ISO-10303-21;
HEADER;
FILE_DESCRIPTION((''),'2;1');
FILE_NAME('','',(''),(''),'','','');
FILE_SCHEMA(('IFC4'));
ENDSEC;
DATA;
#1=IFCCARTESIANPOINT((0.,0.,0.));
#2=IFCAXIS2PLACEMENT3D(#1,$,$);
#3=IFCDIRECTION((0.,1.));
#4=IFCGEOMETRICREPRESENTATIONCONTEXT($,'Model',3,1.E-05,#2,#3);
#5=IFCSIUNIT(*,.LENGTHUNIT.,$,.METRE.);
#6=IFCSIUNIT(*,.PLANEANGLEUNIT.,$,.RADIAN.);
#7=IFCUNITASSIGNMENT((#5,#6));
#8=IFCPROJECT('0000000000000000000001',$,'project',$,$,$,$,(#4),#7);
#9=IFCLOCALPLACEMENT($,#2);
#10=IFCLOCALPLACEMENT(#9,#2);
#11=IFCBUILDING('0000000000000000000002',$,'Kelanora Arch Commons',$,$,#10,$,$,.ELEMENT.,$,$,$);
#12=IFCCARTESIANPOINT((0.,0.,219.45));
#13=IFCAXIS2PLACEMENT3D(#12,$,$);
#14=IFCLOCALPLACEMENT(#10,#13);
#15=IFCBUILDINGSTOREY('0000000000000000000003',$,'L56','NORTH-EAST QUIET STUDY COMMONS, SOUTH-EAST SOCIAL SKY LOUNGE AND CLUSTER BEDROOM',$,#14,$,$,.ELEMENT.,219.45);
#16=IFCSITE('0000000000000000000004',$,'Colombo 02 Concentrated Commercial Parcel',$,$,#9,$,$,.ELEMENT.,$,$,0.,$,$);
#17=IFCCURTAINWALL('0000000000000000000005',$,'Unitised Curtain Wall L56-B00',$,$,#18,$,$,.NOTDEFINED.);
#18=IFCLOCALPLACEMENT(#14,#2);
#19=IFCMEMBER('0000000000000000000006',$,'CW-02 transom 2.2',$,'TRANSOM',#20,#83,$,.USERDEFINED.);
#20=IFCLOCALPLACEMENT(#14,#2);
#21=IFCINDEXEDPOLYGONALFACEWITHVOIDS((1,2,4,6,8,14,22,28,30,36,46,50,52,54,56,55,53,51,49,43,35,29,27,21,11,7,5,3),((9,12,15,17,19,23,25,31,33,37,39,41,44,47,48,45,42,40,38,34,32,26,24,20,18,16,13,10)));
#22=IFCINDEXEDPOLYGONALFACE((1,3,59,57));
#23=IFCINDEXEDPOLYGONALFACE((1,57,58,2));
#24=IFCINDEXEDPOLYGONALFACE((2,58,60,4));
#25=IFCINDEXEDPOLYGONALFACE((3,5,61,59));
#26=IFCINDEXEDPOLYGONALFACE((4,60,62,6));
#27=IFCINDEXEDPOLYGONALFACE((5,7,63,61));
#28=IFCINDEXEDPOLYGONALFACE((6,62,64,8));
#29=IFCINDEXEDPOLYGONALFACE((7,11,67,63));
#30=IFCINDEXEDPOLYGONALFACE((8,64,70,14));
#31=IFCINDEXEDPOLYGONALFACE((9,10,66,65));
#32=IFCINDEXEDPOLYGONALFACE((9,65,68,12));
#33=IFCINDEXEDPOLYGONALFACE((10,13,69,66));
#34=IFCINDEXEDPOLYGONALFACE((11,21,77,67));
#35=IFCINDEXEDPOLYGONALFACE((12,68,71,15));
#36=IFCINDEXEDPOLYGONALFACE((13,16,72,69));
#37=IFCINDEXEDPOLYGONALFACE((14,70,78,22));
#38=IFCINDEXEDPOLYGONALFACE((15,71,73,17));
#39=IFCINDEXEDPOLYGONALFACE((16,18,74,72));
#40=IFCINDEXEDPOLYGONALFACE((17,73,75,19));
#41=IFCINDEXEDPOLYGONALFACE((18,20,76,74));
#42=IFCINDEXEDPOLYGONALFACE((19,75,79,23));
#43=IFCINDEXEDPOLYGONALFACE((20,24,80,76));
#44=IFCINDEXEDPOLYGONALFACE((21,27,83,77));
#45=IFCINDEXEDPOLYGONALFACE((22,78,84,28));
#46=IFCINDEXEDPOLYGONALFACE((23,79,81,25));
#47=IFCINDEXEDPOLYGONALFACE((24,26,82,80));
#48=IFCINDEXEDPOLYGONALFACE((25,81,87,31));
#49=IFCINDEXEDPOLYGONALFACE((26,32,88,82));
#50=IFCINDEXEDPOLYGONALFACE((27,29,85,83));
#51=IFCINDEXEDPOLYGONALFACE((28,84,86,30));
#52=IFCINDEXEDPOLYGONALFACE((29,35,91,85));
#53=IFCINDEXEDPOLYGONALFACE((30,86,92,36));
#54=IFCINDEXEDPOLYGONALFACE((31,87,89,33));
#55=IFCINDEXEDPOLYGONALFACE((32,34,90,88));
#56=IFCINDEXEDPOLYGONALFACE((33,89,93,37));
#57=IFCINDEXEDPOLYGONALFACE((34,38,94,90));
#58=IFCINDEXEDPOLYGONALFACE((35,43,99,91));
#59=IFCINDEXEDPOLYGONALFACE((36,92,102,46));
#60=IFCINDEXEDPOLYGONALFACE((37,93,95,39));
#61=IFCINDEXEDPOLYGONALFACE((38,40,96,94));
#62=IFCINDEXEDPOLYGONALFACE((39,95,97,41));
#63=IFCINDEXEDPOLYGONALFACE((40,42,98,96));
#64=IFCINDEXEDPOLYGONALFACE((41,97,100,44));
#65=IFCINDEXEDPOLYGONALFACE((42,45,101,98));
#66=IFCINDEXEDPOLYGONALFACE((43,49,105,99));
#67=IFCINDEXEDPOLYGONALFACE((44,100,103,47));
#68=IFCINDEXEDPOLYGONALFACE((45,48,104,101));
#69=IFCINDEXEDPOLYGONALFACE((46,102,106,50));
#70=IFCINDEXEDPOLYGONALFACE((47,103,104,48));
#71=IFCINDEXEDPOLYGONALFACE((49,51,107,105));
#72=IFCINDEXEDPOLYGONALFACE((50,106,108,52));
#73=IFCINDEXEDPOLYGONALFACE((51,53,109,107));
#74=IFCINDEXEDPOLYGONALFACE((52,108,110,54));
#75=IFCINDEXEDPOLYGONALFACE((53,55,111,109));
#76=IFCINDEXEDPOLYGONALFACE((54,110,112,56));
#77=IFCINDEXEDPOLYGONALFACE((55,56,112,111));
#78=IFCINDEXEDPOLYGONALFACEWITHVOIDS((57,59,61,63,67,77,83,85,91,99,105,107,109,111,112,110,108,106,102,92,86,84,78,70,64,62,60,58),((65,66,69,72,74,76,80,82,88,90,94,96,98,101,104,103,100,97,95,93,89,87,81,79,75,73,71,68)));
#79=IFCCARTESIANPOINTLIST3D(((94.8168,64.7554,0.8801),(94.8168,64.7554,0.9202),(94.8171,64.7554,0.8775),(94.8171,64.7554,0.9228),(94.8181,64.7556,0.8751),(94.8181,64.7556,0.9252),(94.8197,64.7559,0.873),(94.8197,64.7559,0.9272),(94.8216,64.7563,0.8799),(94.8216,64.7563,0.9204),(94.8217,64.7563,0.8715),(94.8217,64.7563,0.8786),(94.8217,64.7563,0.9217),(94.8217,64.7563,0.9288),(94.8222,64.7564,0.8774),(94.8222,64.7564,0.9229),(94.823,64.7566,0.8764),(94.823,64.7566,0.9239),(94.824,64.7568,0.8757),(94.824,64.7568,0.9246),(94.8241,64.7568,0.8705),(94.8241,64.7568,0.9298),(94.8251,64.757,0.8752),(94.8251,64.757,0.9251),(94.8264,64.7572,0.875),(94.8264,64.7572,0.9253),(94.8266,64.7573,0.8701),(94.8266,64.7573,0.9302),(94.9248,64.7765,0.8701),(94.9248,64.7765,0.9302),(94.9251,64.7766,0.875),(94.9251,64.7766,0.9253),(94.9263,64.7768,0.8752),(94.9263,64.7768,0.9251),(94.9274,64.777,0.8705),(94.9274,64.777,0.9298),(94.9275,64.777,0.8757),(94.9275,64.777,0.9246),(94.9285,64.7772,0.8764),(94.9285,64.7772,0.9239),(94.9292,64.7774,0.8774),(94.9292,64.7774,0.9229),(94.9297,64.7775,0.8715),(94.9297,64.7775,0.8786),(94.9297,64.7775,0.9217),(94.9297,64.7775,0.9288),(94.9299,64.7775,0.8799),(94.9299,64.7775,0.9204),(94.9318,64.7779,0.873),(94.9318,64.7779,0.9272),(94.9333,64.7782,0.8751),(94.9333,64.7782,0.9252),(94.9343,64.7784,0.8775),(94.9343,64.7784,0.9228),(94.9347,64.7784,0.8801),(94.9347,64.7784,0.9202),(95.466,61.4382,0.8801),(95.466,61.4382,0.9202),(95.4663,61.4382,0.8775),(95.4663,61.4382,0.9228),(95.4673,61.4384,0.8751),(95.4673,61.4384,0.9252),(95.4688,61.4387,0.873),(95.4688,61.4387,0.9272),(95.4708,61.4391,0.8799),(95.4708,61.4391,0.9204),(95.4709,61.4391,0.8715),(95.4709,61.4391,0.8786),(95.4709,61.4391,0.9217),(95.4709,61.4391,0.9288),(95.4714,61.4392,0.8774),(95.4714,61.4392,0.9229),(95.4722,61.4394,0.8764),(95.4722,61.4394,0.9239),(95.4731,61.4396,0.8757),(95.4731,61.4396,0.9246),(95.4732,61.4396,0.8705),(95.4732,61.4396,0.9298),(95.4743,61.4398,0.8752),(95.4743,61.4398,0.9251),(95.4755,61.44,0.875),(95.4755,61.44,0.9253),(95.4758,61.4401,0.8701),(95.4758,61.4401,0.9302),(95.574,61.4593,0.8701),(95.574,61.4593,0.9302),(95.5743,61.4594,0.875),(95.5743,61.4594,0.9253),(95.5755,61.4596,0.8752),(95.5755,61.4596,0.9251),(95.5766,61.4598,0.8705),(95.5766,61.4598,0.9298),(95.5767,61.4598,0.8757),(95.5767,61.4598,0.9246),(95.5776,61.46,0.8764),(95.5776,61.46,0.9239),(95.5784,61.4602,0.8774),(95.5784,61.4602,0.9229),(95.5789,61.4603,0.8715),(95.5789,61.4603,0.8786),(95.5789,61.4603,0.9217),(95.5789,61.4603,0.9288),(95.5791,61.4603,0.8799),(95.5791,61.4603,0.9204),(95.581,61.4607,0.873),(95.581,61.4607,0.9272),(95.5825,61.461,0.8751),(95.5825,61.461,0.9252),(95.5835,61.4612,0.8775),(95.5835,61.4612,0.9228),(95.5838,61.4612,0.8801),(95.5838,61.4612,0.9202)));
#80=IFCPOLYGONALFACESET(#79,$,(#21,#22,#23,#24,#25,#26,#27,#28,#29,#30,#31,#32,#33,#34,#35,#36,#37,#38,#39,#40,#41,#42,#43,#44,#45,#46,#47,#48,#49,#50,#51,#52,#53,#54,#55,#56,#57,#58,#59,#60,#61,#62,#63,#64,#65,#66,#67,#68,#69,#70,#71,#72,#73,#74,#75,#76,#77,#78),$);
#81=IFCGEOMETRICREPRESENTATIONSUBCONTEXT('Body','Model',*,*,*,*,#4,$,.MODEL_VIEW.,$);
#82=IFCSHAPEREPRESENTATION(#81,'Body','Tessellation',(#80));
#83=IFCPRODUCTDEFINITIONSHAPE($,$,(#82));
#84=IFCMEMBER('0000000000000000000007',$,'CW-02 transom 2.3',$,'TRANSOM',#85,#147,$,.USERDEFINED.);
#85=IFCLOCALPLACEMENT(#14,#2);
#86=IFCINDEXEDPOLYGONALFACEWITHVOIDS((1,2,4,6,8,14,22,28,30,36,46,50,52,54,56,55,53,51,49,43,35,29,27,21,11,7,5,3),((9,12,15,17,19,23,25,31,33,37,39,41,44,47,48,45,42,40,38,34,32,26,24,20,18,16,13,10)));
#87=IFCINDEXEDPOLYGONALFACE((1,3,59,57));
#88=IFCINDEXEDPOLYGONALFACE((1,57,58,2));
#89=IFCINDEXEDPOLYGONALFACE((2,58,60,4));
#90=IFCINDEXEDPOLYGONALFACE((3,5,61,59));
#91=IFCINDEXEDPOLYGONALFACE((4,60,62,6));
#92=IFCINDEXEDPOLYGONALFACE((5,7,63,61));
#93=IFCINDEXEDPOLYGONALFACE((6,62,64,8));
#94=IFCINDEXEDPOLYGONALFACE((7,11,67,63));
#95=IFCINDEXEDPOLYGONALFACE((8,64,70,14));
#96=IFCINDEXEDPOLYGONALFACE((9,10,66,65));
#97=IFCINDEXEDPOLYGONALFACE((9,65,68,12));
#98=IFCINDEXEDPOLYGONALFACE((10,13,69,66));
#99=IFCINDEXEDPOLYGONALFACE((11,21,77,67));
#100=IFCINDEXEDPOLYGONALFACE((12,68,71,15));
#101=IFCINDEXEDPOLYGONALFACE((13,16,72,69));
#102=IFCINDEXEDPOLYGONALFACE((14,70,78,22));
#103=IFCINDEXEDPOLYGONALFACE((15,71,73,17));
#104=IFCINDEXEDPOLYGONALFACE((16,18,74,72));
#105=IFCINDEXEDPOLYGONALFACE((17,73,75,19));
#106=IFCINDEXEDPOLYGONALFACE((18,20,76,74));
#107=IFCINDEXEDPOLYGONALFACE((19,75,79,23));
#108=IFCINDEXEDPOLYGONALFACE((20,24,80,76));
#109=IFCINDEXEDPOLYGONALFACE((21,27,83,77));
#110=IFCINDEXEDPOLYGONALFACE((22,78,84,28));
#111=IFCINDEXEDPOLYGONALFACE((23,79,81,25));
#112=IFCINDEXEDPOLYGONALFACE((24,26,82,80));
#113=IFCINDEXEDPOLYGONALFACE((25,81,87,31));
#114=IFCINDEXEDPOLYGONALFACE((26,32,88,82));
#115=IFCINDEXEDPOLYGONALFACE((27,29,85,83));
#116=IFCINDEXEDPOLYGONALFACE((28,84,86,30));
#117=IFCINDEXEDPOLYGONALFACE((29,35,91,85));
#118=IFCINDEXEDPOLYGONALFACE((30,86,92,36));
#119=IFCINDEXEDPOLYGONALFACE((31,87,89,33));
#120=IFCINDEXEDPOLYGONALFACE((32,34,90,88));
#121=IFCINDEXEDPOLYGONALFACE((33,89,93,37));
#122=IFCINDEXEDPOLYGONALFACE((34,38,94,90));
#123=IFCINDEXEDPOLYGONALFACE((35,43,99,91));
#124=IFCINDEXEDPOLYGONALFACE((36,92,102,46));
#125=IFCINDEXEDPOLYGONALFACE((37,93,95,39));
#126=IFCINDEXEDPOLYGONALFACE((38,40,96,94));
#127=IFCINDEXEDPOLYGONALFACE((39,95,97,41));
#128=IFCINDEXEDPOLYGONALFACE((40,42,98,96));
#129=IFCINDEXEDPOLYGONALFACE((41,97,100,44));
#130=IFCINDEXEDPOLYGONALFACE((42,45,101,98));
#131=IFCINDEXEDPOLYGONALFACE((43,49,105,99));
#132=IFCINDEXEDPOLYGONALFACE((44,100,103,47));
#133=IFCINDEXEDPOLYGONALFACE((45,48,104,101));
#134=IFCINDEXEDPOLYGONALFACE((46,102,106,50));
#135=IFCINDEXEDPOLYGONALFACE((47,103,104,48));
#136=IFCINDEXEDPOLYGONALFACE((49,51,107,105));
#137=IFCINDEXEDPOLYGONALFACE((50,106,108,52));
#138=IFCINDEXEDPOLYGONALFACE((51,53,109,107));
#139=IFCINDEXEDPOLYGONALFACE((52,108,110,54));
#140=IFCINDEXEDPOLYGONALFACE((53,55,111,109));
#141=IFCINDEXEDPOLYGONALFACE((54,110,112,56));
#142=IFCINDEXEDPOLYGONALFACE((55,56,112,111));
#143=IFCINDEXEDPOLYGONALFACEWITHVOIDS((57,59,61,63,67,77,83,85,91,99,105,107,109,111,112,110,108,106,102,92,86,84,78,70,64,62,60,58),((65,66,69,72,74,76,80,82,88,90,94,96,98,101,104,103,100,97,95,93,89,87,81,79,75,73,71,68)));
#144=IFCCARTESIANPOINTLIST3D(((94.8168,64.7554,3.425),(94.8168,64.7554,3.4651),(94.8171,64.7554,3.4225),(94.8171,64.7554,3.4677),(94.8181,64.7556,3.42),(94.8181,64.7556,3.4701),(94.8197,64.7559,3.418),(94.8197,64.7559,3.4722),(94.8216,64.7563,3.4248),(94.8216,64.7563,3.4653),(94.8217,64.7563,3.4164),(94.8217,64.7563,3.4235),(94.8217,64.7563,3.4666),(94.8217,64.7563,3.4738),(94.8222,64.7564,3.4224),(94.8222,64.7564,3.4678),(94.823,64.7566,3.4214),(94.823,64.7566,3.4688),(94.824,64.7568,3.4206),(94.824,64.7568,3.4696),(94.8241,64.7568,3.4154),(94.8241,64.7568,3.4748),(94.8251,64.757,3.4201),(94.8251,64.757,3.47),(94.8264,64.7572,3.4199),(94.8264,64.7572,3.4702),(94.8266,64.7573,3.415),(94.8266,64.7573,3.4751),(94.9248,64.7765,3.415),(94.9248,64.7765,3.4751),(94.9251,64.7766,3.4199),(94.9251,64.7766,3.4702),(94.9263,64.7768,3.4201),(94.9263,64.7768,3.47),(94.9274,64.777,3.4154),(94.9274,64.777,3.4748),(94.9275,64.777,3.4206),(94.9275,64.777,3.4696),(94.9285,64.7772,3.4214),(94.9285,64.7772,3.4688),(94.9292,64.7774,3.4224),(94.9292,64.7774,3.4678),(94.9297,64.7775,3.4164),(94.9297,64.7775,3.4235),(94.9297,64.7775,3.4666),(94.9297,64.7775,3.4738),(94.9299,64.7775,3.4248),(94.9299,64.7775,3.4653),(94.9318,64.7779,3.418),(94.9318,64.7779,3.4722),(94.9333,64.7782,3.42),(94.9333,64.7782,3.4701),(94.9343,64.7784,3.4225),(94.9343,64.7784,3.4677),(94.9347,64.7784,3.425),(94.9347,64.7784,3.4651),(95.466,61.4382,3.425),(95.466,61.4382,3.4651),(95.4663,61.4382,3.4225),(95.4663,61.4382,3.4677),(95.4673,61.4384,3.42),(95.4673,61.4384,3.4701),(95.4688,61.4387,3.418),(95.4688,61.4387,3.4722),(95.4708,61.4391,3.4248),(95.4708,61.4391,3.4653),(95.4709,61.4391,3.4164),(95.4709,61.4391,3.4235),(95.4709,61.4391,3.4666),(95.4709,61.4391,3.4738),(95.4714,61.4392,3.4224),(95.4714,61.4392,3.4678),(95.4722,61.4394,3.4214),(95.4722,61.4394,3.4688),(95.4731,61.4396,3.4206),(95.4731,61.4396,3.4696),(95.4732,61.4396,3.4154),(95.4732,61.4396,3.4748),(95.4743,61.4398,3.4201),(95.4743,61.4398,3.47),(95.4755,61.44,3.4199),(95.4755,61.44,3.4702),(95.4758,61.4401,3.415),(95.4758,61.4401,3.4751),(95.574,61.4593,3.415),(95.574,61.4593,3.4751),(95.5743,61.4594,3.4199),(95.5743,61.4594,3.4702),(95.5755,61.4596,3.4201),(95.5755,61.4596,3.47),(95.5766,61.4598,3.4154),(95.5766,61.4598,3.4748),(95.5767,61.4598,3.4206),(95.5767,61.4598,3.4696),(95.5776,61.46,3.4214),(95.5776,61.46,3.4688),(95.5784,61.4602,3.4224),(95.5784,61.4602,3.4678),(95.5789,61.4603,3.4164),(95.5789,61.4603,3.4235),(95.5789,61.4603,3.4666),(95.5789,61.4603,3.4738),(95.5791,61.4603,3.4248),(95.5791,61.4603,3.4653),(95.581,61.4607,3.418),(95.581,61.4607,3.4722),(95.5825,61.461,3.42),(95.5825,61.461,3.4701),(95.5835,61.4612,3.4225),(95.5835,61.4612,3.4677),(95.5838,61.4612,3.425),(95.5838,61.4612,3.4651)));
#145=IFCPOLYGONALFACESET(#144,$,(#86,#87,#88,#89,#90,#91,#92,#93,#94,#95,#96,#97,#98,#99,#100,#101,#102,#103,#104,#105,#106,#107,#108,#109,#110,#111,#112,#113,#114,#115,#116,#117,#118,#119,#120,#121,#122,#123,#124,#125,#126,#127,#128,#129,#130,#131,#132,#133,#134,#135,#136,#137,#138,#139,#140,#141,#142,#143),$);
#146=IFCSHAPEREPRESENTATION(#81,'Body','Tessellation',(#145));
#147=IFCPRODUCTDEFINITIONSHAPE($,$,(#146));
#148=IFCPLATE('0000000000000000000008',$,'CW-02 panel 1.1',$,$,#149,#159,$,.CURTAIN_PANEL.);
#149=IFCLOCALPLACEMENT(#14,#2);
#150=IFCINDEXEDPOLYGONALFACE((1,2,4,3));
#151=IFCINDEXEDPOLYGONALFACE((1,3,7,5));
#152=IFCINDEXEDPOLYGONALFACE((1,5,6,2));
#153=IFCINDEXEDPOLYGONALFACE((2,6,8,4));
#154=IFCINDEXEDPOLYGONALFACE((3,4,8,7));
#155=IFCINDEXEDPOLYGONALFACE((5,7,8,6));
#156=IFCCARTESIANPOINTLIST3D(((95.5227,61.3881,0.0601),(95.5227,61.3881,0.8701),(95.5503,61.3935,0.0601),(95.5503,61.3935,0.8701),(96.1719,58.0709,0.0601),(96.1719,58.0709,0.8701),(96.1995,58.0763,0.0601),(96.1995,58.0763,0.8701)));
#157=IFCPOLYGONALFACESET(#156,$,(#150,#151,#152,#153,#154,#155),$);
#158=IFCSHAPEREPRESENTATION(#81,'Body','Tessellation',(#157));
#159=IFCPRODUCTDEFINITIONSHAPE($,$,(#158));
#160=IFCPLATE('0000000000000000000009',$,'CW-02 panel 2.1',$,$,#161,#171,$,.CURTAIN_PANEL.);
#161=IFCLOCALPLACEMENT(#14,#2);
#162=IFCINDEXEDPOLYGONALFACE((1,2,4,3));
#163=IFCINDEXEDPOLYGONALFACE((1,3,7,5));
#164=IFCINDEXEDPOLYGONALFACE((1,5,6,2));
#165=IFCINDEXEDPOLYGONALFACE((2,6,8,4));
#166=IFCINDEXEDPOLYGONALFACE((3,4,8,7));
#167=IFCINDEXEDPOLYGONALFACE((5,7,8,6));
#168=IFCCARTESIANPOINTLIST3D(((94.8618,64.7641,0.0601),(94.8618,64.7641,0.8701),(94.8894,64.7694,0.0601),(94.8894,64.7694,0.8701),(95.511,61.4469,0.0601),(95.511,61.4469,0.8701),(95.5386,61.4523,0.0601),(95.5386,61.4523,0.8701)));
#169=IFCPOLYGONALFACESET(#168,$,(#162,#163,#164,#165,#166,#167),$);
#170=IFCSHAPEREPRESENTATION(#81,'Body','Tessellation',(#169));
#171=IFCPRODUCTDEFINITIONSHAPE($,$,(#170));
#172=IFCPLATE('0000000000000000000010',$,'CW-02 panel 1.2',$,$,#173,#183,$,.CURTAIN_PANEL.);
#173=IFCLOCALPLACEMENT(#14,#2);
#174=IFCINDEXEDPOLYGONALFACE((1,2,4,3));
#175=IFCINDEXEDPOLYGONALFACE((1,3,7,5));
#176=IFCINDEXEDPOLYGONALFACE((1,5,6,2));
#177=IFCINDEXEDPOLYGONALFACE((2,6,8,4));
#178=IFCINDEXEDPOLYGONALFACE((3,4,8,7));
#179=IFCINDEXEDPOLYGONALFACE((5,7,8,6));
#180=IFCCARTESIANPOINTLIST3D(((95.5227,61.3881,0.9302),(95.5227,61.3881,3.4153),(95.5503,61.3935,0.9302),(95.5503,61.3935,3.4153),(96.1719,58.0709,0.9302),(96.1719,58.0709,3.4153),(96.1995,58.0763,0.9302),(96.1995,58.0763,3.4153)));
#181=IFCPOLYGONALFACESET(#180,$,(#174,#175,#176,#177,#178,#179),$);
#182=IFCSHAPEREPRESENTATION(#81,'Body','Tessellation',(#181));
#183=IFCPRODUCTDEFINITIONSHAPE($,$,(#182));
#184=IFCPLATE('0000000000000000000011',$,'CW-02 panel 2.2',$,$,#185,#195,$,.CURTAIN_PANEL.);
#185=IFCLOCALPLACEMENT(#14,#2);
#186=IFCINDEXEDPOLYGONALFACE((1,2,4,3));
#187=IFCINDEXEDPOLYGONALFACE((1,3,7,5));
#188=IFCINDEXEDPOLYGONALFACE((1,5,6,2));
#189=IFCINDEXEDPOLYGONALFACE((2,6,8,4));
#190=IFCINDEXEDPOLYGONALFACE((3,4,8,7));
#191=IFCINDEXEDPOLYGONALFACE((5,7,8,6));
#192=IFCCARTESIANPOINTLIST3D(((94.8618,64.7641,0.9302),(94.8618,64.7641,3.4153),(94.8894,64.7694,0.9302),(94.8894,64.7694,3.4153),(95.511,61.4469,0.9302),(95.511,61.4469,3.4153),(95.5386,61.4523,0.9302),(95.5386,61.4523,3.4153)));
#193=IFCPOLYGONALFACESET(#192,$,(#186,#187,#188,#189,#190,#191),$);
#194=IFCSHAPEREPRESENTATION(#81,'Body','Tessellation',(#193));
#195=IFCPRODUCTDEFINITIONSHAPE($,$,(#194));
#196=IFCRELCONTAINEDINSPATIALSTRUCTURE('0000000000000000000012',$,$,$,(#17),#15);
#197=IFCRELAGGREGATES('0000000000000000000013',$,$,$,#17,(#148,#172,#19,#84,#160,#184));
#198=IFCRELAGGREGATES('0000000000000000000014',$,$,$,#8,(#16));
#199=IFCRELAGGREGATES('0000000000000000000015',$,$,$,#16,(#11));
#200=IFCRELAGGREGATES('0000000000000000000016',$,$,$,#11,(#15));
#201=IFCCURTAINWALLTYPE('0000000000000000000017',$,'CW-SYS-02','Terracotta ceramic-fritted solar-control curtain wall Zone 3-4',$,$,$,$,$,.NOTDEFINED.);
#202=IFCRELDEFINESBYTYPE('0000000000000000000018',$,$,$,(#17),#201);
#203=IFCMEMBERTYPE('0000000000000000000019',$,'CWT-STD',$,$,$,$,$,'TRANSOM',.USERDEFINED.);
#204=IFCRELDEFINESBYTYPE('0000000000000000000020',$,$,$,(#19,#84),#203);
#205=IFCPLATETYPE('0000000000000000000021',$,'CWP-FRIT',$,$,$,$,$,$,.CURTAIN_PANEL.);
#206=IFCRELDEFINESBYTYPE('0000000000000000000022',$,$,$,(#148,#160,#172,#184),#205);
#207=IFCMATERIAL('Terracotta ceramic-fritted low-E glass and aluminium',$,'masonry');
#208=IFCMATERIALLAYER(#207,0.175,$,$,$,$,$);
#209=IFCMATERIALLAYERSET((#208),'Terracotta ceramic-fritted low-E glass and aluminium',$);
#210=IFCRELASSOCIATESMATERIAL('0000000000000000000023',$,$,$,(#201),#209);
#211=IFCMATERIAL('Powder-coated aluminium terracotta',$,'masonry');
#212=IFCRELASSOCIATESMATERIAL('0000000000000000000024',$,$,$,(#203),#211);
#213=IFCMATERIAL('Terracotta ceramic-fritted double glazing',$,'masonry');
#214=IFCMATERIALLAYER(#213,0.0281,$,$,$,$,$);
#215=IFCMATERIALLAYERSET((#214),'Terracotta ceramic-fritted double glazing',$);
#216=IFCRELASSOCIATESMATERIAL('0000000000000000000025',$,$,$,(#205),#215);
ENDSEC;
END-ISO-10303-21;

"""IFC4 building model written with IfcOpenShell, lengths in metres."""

from ifc_helpers import new_model, si_unit, direction, frame, origin, origin_2d, place, context, subcontext, project, spatial, rectangle, hollow_rectangle, extrude, source, transform, mapped, material, layer, layer_set, material_profile, profile_set, type_object, element, aggregate, save


model = new_model("IFC4")

# Units and contexts
model_context = context("Model", 3, precision=1e-05, world=origin(), true_north=direction((0.0, 1.0)))
body_context = subcontext(model_context, "Body", "Model", "MODEL_VIEW")
ifc_project = project(units=[si_unit("LENGTHUNIT", "METRE"), si_unit("PLANEANGLEUNIT", "RADIAN")], contexts=[model_context])

# Site, building, storey
site_placement = place(None, origin())
site = spatial("IfcSite", under=ifc_project, at=site_placement, Name="Colombo 02 Concentrated Commercial Parcel", CompositionType="ELEMENT", RefElevation=0.0)
building_placement = place(site_placement, origin())
building = spatial("IfcBuilding", under=site, at=building_placement, Name="Kelanora Arch Commons", CompositionType="ELEMENT")
storey_placement = place(building_placement, frame((0.0, 0.0, 219.45)))
storey = spatial("IfcBuildingStorey", under=building, at=storey_placement, Name="L56", Description="NORTH-EAST QUIET STUDY COMMONS, SOUTH-EAST SOCIAL SKY LOUNGE AND CLUSTER BEDROOM", CompositionType="ELEMENT", Elevation=219.45)

# Curtain wall, members, plates
ifc_material_1 = material(Name="Terracotta ceramic-fritted low-E glass and aluminium", Category="masonry")
ifc_layer_1 = layer(ifc_material_1, 0.175)
ifc_layer_set_1 = layer_set([ifc_layer_1], Name="Terracotta ceramic-fritted low-E glass and aluminium")
curtain_wall_type = type_object("IfcCurtainWallType", Name="CW-SYS-02", Description="Terracotta ceramic-fritted solar-control curtain wall Zone 3-4", PredefinedType="NOTDEFINED", material=ifc_layer_set_1)
curtain_wall_placement = place(storey_placement, origin())
curtain_wall = element("IfcCurtainWall", 1, at=curtain_wall_placement, inside=storey, type_object=curtain_wall_type, Name="Unitised Curtain Wall L56-B00", PredefinedType="NOTDEFINED")
ifc_material_2 = material(Name="Powder-coated aluminium terracotta", Category="masonry")
ifc_material_profile_1 = material_profile(ifc_material_2, hollow_rectangle(XDim=0.1201, YDim=0.0601, WallThickness=0.0049, InnerFilletRadius=0.0049, OuterFilletRadius=0.01, at=origin_2d()), Name="CWT120x60")
ifc_profile_set_1 = profile_set([ifc_material_profile_1], Name="Powder-coated aluminium terracotta")
member_type_1 = type_object("IfcMemberType", Name="CWT-STD", ElementType="TRANSOM", PredefinedType="USERDEFINED", material=ifc_profile_set_1)
member_1_placement = place(storey_placement, frame((95.5249, 61.4497, 0.9001), z_axis=(-0.192058, 0.981383, 0.0), x_axis=(-0.981383, -0.192058, 0.0)))
member_1 = element("IfcMember", 2, at=member_1_placement, type_object=member_type_1, Name="CW-02 transom 2.2", ObjectType="TRANSOM", PredefinedType="USERDEFINED", context=body_context, shape_type="SweptSolid", body=[
    extrude(hollow_rectangle(XDim=0.1201, YDim=0.0601, WallThickness=0.0049, InnerFilletRadius=0.0049, OuterFilletRadius=0.01, at=origin_2d()), origin(), (0.0, 0.0, 1.0), 3.3801),
])
member_2_placement = place(storey_placement, frame((95.5249, 61.4497, 3.4451), z_axis=(-0.192058, 0.981383, 0.0), x_axis=(-0.981383, -0.192058, 0.0)))
member_2 = element("IfcMember", 3, at=member_2_placement, type_object=member_type_1, Name="CW-02 transom 2.3", ObjectType="TRANSOM", PredefinedType="USERDEFINED", context=body_context, shape_type="SweptSolid", body=[
    extrude(hollow_rectangle(XDim=0.1201, YDim=0.0601, WallThickness=0.0049, InnerFilletRadius=0.0049, OuterFilletRadius=0.01, at=origin_2d()), origin(), (0.0, 0.0, 1.0), 3.3801),
])
ifc_material_3 = material(Name="Terracotta ceramic-fritted double glazing", Category="masonry")
ifc_layer_2 = layer(ifc_material_3, 0.0281)
ifc_layer_set_2 = layer_set([ifc_layer_2], Name="Terracotta ceramic-fritted double glazing")
plate_type = type_object("IfcPlateType", Name="CWP-FRIT", PredefinedType="CURTAIN_PANEL", material=ifc_layer_set_2)
shared_shape_1 = source(origin(), body_context, "Body", "SweptSolid", [
    extrude(rectangle(XDim=3.3801, YDim=0.0281, at=origin_2d()), origin(), (0.0, 0.0, 1.0), 0.8101),
])
plate_1_placement = place(storey_placement, frame((95.8611, 59.7322, 0.0601), z_axis=(0.0, 0.0, 1.0), x_axis=(-0.192069, 0.981381, 0.0)))
plate_1 = element("IfcPlate", 4, at=plate_1_placement, type_object=plate_type, Name="CW-02 panel 1.1", PredefinedType="CURTAIN_PANEL", context=body_context, shape_type="MappedRepresentation", body=[
    mapped(shared_shape_1, transform((0.0, 0.0, 0.0), scale=1.0)),
])
plate_2_placement = place(storey_placement, frame((95.2002, 63.1082, 0.0601), z_axis=(0.0, 0.0, 1.0), x_axis=(-0.192069, 0.981381, 0.0)))
plate_2 = element("IfcPlate", 5, at=plate_2_placement, type_object=plate_type, Name="CW-02 panel 2.1", PredefinedType="CURTAIN_PANEL", context=body_context, shape_type="MappedRepresentation", body=[
    mapped(shared_shape_1, transform((0.0, 0.0, 0.0), scale=1.0)),
])
shared_shape_2 = source(origin(), body_context, "Body", "SweptSolid", [
    extrude(rectangle(XDim=3.3801, YDim=0.0281, at=origin_2d()), origin(), (0.0, 0.0, 1.0), 2.4851),
])
plate_3_placement = place(storey_placement, frame((95.8611, 59.7322, 0.9302), z_axis=(0.0, 0.0, 1.0), x_axis=(-0.192069, 0.981381, 0.0)))
plate_3 = element("IfcPlate", 6, at=plate_3_placement, type_object=plate_type, Name="CW-02 panel 1.2", PredefinedType="CURTAIN_PANEL", context=body_context, shape_type="MappedRepresentation", body=[
    mapped(shared_shape_2, transform((0.0, 0.0, 0.0), scale=1.0)),
])
plate_4_placement = place(storey_placement, frame((95.2002, 63.1082, 0.9302), z_axis=(0.0, 0.0, 1.0), x_axis=(-0.192069, 0.981381, 0.0)))
plate_4 = element("IfcPlate", 7, at=plate_4_placement, type_object=plate_type, Name="CW-02 panel 2.2", PredefinedType="CURTAIN_PANEL", context=body_context, shape_type="MappedRepresentation", body=[
    mapped(shared_shape_2, transform((0.0, 0.0, 0.0), scale=1.0)),
])
aggregate(curtain_wall, [plate_1, plate_3, member_1, member_2, plate_2, plate_4])

save(model, "model.ifc")
